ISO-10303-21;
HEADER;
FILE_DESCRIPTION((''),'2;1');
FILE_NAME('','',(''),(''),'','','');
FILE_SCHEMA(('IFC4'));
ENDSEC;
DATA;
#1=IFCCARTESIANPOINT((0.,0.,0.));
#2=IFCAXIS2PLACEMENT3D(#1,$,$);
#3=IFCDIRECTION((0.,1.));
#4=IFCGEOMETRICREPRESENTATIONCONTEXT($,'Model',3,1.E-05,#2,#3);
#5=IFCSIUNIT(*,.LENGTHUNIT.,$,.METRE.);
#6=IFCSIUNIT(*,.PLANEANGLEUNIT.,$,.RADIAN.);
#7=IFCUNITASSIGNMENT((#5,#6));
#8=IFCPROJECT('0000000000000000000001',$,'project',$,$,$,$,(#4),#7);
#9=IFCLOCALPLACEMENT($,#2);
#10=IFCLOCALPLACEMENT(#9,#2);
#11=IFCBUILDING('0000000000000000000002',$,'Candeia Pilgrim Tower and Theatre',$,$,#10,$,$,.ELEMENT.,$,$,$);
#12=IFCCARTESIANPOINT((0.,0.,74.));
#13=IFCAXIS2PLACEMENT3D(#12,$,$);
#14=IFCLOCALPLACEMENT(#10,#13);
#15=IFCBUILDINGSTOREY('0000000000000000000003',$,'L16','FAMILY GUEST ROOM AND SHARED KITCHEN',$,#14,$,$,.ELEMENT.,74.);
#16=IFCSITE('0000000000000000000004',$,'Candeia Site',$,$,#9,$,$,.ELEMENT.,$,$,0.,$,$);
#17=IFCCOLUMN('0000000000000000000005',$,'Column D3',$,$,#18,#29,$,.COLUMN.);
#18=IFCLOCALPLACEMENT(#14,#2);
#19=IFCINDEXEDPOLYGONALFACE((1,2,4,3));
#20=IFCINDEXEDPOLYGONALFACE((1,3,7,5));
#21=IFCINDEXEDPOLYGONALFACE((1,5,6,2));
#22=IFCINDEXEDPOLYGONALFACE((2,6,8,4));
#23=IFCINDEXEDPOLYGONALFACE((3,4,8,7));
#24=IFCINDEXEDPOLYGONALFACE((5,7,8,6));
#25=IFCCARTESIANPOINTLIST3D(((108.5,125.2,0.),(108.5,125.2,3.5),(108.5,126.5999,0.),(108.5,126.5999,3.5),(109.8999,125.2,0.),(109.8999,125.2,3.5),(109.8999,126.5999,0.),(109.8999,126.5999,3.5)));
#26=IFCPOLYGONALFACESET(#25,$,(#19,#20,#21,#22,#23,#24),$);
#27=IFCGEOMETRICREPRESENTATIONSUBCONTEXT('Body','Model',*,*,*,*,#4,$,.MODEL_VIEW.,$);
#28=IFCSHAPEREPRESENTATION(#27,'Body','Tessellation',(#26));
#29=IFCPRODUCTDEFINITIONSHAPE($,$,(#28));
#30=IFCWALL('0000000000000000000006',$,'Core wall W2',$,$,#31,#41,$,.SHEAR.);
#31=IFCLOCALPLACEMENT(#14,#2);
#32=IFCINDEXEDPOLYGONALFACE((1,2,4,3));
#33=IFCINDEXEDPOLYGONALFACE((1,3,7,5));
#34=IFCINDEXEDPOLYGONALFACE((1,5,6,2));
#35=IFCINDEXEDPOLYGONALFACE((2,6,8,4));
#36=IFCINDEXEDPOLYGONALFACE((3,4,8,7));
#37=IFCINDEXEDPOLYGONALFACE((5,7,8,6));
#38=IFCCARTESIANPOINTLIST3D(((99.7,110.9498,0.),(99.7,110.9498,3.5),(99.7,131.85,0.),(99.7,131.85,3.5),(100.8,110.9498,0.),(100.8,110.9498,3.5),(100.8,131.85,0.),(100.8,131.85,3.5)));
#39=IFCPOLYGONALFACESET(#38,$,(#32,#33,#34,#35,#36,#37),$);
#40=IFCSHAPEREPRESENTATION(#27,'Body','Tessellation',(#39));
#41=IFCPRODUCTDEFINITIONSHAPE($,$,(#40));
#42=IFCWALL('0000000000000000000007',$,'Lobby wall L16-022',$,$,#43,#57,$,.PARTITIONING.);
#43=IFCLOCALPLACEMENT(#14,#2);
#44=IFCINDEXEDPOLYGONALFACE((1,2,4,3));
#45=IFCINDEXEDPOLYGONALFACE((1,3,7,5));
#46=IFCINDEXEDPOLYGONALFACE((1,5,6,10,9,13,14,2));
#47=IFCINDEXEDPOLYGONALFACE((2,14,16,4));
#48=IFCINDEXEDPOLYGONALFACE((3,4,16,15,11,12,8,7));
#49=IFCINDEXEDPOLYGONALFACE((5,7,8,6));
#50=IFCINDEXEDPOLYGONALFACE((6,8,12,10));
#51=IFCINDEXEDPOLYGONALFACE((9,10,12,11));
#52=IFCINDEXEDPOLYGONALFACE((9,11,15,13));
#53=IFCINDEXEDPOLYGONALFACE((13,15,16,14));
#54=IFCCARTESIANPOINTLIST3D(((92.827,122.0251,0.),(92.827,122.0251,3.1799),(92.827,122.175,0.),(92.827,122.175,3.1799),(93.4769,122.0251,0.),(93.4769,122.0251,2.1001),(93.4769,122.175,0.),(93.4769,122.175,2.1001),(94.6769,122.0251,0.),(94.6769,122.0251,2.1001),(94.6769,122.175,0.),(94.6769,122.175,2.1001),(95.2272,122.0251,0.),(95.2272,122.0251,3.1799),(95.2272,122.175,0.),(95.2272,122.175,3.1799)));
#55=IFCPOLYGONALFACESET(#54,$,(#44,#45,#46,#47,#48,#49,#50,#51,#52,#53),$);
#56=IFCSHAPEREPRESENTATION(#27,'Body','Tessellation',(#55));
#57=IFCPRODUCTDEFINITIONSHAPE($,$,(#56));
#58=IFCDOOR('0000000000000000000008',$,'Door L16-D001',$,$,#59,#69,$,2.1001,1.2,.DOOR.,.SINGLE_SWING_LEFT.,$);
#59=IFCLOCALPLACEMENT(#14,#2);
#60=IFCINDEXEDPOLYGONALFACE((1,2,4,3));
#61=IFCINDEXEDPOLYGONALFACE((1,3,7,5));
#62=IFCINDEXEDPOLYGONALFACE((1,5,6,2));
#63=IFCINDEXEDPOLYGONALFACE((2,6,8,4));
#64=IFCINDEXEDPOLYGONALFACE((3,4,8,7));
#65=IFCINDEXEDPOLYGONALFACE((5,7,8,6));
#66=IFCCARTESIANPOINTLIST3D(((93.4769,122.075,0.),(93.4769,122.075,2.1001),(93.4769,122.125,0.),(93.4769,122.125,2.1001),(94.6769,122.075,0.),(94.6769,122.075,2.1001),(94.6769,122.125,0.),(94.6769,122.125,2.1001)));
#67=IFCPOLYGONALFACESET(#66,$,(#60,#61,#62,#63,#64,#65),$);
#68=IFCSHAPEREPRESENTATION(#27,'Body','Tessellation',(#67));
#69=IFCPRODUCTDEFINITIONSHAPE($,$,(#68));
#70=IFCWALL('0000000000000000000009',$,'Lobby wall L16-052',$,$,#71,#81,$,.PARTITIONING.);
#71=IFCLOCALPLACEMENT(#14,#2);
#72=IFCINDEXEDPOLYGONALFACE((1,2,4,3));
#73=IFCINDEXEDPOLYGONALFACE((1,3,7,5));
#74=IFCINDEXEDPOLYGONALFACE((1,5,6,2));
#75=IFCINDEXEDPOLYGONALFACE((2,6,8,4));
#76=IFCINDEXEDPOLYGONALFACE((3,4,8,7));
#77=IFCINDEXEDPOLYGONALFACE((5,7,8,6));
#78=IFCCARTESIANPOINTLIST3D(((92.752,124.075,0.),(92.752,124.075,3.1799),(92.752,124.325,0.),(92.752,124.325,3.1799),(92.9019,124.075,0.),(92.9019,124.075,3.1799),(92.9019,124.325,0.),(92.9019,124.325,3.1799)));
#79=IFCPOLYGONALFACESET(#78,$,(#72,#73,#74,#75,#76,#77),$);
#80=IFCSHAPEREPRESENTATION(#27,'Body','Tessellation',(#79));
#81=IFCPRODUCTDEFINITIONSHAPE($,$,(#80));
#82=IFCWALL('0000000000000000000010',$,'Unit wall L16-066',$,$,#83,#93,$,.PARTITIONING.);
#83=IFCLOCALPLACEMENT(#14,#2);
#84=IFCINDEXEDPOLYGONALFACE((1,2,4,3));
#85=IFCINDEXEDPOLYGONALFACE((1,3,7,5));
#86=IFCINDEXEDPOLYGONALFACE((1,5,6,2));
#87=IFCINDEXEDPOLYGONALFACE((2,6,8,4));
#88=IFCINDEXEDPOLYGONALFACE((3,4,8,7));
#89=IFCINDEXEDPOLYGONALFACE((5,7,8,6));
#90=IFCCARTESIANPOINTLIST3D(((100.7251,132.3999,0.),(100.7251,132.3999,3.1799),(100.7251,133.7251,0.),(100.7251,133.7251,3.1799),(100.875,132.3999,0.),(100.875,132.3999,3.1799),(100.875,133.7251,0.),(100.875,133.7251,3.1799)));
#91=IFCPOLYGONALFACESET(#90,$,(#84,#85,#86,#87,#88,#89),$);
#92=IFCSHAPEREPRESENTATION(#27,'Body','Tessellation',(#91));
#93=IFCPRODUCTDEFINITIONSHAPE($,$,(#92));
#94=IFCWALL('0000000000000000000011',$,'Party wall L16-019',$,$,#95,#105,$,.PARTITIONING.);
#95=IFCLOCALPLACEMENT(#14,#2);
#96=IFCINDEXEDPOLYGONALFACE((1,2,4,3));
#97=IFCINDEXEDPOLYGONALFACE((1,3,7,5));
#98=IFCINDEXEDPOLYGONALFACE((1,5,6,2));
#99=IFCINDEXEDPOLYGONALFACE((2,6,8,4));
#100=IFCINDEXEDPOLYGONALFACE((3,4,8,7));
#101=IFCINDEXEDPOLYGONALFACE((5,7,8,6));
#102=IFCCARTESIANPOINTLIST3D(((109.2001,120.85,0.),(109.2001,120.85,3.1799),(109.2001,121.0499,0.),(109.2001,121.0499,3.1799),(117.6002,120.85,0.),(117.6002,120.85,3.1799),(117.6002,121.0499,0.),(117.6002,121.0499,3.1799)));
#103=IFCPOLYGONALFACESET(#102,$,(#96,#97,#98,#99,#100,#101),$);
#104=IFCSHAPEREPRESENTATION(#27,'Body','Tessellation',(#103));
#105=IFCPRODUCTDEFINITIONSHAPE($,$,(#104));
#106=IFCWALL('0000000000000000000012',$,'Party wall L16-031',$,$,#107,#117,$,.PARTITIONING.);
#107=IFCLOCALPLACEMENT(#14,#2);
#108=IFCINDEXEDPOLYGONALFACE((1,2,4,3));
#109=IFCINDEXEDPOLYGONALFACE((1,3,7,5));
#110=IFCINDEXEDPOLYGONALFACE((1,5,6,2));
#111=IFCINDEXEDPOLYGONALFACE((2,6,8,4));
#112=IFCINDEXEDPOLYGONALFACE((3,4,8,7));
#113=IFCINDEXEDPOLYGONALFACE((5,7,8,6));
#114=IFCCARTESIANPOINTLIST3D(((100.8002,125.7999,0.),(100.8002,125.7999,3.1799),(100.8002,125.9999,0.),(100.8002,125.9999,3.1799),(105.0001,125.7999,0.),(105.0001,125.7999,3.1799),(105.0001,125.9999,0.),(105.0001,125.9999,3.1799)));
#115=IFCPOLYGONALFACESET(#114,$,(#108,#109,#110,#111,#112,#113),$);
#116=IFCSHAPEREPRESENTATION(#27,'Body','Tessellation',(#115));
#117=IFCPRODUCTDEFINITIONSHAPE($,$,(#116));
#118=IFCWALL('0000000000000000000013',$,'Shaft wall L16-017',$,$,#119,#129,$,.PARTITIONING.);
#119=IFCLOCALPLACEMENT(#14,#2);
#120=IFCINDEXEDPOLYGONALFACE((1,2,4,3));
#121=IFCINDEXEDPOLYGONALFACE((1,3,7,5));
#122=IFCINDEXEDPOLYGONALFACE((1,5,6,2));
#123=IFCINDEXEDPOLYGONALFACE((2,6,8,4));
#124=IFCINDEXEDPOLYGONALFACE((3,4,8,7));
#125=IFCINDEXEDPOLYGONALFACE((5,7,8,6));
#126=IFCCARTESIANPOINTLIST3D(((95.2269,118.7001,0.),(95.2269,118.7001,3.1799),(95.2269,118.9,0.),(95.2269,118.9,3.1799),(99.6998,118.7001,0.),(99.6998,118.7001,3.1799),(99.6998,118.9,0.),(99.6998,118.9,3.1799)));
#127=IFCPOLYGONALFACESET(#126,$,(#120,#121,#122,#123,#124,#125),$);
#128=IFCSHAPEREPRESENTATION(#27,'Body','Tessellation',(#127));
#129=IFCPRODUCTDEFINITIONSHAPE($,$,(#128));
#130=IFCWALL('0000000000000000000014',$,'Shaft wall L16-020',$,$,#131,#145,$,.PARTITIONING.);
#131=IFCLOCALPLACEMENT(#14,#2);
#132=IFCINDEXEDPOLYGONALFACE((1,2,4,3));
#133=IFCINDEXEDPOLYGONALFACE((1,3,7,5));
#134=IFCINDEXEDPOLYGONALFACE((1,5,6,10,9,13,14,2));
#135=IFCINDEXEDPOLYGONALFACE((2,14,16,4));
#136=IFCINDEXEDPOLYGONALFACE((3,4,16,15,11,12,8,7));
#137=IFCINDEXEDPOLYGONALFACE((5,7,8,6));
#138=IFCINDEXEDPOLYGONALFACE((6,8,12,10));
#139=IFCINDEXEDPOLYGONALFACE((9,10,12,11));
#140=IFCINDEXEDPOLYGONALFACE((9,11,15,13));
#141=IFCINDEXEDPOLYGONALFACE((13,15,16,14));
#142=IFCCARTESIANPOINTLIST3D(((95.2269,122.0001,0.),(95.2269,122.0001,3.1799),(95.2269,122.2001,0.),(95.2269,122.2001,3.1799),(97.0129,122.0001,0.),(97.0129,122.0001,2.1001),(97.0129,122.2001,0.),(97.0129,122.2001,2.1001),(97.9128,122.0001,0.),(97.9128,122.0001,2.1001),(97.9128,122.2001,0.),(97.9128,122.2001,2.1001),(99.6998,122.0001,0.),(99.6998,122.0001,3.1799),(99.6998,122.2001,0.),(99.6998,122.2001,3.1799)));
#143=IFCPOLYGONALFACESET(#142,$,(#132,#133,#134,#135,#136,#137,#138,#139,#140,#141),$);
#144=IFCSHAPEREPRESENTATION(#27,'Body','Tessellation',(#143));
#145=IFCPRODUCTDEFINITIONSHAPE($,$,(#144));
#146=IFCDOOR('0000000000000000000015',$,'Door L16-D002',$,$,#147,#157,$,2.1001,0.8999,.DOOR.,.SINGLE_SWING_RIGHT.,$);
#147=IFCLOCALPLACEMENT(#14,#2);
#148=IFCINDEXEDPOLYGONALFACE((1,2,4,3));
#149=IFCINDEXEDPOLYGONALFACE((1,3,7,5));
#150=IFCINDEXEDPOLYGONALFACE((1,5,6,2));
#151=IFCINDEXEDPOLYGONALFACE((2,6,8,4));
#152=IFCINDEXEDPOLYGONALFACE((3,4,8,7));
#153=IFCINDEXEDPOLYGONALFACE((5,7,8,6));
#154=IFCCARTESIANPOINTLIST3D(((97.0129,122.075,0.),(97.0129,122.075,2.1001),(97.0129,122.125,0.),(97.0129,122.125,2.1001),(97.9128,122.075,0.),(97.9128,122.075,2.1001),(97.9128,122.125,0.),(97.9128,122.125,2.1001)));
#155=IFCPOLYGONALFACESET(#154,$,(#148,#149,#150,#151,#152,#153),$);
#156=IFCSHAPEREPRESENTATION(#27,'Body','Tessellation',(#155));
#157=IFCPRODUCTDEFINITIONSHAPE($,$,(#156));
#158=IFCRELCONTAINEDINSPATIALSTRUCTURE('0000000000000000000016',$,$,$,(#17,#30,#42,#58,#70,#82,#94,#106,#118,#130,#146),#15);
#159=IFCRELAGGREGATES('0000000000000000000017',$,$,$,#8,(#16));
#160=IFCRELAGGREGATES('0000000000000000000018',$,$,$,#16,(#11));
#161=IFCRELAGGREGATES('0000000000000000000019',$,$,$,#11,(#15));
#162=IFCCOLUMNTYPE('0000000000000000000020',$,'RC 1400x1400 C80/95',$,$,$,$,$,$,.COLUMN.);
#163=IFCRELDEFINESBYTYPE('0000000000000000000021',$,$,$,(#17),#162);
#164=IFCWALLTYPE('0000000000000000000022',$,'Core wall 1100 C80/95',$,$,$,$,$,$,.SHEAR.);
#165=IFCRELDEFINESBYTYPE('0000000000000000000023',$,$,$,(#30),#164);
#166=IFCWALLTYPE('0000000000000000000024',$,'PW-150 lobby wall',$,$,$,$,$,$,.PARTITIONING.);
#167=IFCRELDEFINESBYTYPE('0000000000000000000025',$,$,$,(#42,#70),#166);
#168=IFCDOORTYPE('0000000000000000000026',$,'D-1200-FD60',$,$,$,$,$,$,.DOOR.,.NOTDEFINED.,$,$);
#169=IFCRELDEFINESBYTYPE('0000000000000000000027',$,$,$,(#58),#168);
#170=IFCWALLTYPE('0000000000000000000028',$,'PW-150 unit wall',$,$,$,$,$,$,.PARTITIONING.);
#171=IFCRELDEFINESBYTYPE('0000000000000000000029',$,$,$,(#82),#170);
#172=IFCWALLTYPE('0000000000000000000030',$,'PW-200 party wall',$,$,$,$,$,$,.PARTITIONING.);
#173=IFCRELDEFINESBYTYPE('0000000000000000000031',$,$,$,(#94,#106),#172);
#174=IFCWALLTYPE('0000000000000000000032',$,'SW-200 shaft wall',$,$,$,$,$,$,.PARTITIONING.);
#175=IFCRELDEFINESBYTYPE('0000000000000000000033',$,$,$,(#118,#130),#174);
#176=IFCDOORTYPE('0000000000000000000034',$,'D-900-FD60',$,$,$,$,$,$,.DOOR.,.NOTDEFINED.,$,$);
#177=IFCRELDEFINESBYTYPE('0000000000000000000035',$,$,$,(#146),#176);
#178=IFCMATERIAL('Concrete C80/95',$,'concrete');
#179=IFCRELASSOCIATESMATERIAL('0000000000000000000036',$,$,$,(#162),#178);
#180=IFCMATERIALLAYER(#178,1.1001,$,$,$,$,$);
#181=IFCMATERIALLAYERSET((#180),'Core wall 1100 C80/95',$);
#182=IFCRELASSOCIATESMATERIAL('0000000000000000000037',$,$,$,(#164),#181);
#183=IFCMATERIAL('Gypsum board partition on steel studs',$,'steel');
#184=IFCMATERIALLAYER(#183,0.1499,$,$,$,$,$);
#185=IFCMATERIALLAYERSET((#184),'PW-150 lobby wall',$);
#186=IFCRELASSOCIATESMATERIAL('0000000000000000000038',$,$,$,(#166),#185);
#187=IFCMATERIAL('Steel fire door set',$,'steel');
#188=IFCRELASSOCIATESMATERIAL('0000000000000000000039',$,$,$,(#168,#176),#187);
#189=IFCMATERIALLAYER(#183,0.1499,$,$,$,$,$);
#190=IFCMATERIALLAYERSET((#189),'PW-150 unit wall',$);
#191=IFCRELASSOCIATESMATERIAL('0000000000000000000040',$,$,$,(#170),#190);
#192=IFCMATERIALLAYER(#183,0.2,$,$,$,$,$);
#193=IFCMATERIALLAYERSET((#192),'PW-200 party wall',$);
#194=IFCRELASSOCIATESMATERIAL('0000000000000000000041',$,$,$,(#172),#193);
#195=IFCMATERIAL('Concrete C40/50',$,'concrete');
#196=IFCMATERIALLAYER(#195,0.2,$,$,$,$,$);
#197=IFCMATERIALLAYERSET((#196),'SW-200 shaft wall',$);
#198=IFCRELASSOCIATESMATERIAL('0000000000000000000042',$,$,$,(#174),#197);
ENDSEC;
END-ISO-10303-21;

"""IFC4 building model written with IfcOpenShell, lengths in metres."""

from ifc_helpers import new_model, si_unit, direction, frame, frame_2d, origin, origin_2d, place, context, subcontext, project, spatial, rectangle, extrude, material, layer, layer_set, material_profile, profile_set, type_object, element, fill, save


model = new_model("IFC4")

# Units and contexts
model_context = context("Model", 3, precision=1e-05, world=origin(), true_north=direction((0.0, 1.0)))
body_context = subcontext(model_context, "Body", "Model", "MODEL_VIEW")
ifc_project = project(units=[si_unit("LENGTHUNIT", "METRE"), si_unit("PLANEANGLEUNIT", "RADIAN")], contexts=[model_context])

# Site, building, storey
site_placement = place(None, origin())
site = spatial("IfcSite", under=ifc_project, at=site_placement, Name="Candeia Site", CompositionType="ELEMENT", RefElevation=0.0)
building_placement = place(site_placement, origin())
building = spatial("IfcBuilding", under=site, at=building_placement, Name="Candeia Pilgrim Tower and Theatre", CompositionType="ELEMENT")
storey_placement = place(building_placement, frame((0.0, 0.0, 74.0)))
storey = spatial("IfcBuildingStorey", under=building, at=storey_placement, Name="L16", Description="FAMILY GUEST ROOM AND SHARED KITCHEN", CompositionType="ELEMENT", Elevation=74.0)

# Column
ifc_material_1 = material(Name="Concrete C80/95", Category="concrete")
ifc_material_profile = material_profile(ifc_material_1, rectangle(XDim=1.3999, YDim=1.3999, at=origin_2d()))
ifc_profile_set = profile_set([ifc_material_profile], Name="Concrete C80/95")
column_type = type_object("IfcColumnType", Name="RC 1400x1400 C80/95", PredefinedType="COLUMN", material=ifc_profile_set)
column_placement = place(storey_placement, frame((109.2, 125.8999, 0.0), z_axis=(0.0, 0.0, 1.0), x_axis=(1.0, 0.0, 0.0)))
element("IfcColumn", 1, at=column_placement, inside=storey, type_object=column_type, Name="Column D3", PredefinedType="COLUMN", context=body_context, shape_type="SweptSolid", body=[
    extrude(rectangle(XDim=1.3999, YDim=1.3999, at=origin_2d()), origin(), (0.0, 0.0, 1.0), 3.5),
])

# Wall
ifc_layer_1 = layer(ifc_material_1, 1.1001)
ifc_layer_set_1 = layer_set([ifc_layer_1], Name="Core wall 1100 C80/95")
wall_type_1 = type_object("IfcWallType", Name="Core wall 1100 C80/95", PredefinedType="SHEAR", material=ifc_layer_set_1)
wall_1_placement = place(storey_placement, frame((100.25, 131.8501, 0.0), z_axis=(0.0, 0.0, 1.0), x_axis=(0.0, -1.0, 0.0)))
element("IfcWall", 2, at=wall_1_placement, inside=storey, type_object=wall_type_1, Name="Core wall W2", PredefinedType="SHEAR", context=body_context, shape_type="SweptSolid", body=[
    extrude(rectangle(XDim=20.9001, YDim=1.1001, at=frame_2d((10.4502, 0.0))), origin(), (0.0, 0.0, 1.0), 3.5),
])

# Wall, opening, door
ifc_material_2 = material(Name="Gypsum board partition on steel studs", Category="steel")
ifc_layer_2 = layer(ifc_material_2, 0.1499)
ifc_layer_set_2 = layer_set([ifc_layer_2], Name="PW-150 lobby wall")
wall_type_2 = type_object("IfcWallType", Name="PW-150 lobby wall", PredefinedType="PARTITIONING", material=ifc_layer_set_2)
wall_2_placement = place(storey_placement, frame((92.8269, 122.1001, 0.0), z_axis=(0.0, 0.0, 1.0), x_axis=(1.0, 0.0, 0.0)))
wall_2 = element("IfcWall", 3, at=wall_2_placement, inside=storey, type_object=wall_type_2, Name="Lobby wall L16-022", PredefinedType="PARTITIONING", context=body_context, shape_type="SweptSolid", body=[
    extrude(rectangle(XDim=2.4001, YDim=0.1499, at=frame_2d((1.2002, 0.0))), origin(), (0.0, 0.0, 1.0), 3.1799),
])
opening_1_placement = place(wall_2_placement, frame((0.6499, 0.0, 0.0)))
opening_1 = element("IfcOpeningElement", 4, at=opening_1_placement, cuts=wall_2, PredefinedType="OPENING", context=body_context, shape_type="SweptSolid", body=[
    extrude(rectangle(XDim=1.2, YDim=2.1001, at=frame_2d((0.6001, 1.05))), frame((0.0, 0.085, 0.0), z_axis=(0.0, -1.0, 0.0), x_axis=(1.0, 0.0, 0.0)), (0.0, 0.0, 1.0), 0.1699),
])
ifc_material_3 = material(Name="Steel fire door set", Category="steel")
door_type_1 = type_object("IfcDoorType", Name="D-1200-FD60", OperationType="NOTDEFINED", PredefinedType="DOOR", material=ifc_material_3)
door_1_placement = place(opening_1_placement, origin())
door_1 = element("IfcDoor", 5, at=door_1_placement, inside=storey, type_object=door_type_1, Name="Door L16-D001", OperationType="SINGLE_SWING_LEFT", OverallHeight=2.1001, OverallWidth=1.2, PredefinedType="DOOR", context=body_context, shape_type="SweptSolid", body=[
    extrude(rectangle(XDim=1.2, YDim=2.1001, at=frame_2d((0.6001, 1.05))), frame((0.0, 0.0249, 0.0), z_axis=(0.0, -1.0, 0.0), x_axis=(1.0, 0.0, 0.0)), (0.0, 0.0, 1.0), 0.05),
])
fill(opening_1, door_1)

# Walls
wall_3_placement = place(storey_placement, frame((92.8269, 124.075, 0.0), z_axis=(0.0, 0.0, 1.0), x_axis=(0.0, 1.0, 0.0)))
element("IfcWall", 6, at=wall_3_placement, inside=storey, type_object=wall_type_2, Name="Lobby wall L16-052", PredefinedType="PARTITIONING", context=body_context, shape_type="SweptSolid", body=[
    extrude(rectangle(XDim=0.25, YDim=0.1499, at=frame_2d((0.125, 0.0))), origin(), (0.0, 0.0, 1.0), 3.1799),
])
ifc_layer_3 = layer(ifc_material_2, 0.1499)
ifc_layer_set_3 = layer_set([ifc_layer_3], Name="PW-150 unit wall")
wall_type_3 = type_object("IfcWallType", Name="PW-150 unit wall", PredefinedType="PARTITIONING", material=ifc_layer_set_3)
wall_4_placement = place(storey_placement, frame((100.8, 132.3999, 0.0), z_axis=(0.0, 0.0, 1.0), x_axis=(0.0, 1.0, 0.0)))
element("IfcWall", 7, at=wall_4_placement, inside=storey, type_object=wall_type_3, Name="Unit wall L16-066", PredefinedType="PARTITIONING", context=body_context, shape_type="SweptSolid", body=[
    extrude(rectangle(XDim=1.3252, YDim=0.1499, at=frame_2d((0.6626, 0.0))), origin(), (0.0, 0.0, 1.0), 3.1799),
])
ifc_layer_4 = layer(ifc_material_2, 0.2)
ifc_layer_set_4 = layer_set([ifc_layer_4], Name="PW-200 party wall")
wall_type_4 = type_object("IfcWallType", Name="PW-200 party wall", PredefinedType="PARTITIONING", material=ifc_layer_set_4)
wall_5_placement = place(storey_placement, frame((109.2, 120.95, 0.0), z_axis=(0.0, 0.0, 1.0), x_axis=(1.0, 0.0, 0.0)))
element("IfcWall", 8, at=wall_5_placement, inside=storey, type_object=wall_type_4, Name="Party wall L16-019", PredefinedType="PARTITIONING", context=body_context, shape_type="SweptSolid", body=[
    extrude(rectangle(XDim=8.4001, YDim=0.2, at=frame_2d((4.2002, 0.0))), origin(), (0.0, 0.0, 1.0), 3.1799),
])
wall_6_placement = place(storey_placement, frame((100.8, 125.8999, 0.0), z_axis=(0.0, 0.0, 1.0), x_axis=(1.0, 0.0, 0.0)))
element("IfcWall", 9, at=wall_6_placement, inside=storey, type_object=wall_type_4, Name="Party wall L16-031", PredefinedType="PARTITIONING", context=body_context, shape_type="SweptSolid", body=[
    extrude(rectangle(XDim=4.2, YDim=0.2, at=frame_2d((2.1001, 0.0))), origin(), (0.0, 0.0, 1.0), 3.1799),
])
ifc_material_4 = material(Name="Concrete C40/50", Category="concrete")
ifc_layer_5 = layer(ifc_material_4, 0.2)
ifc_layer_set_5 = layer_set([ifc_layer_5], Name="SW-200 shaft wall")
wall_type_5 = type_object("IfcWallType", Name="SW-200 shaft wall", PredefinedType="PARTITIONING", material=ifc_layer_set_5)
wall_7_placement = place(storey_placement, frame((95.2271, 118.8, 0.0), z_axis=(0.0, 0.0, 1.0), x_axis=(1.0, 0.0, 0.0)))
element("IfcWall", 10, at=wall_7_placement, inside=storey, type_object=wall_type_5, Name="Shaft wall L16-017", PredefinedType="PARTITIONING", context=body_context, shape_type="SweptSolid", body=[
    extrude(rectangle(XDim=4.4729, YDim=0.2, at=frame_2d((2.2363, 0.0))), origin(), (0.0, 0.0, 1.0), 3.1799),
])

# Wall, opening, door
wall_8_placement = place(storey_placement, frame((95.2271, 122.1001, 0.0), z_axis=(0.0, 0.0, 1.0), x_axis=(1.0, 0.0, 0.0)))
wall_8 = element("IfcWall", 11, at=wall_8_placement, inside=storey, type_object=wall_type_5, Name="Shaft wall L16-020", PredefinedType="PARTITIONING", context=body_context, shape_type="SweptSolid", body=[
    extrude(rectangle(XDim=4.4729, YDim=0.2, at=frame_2d((2.2363, 0.0))), origin(), (0.0, 0.0, 1.0), 3.1799),
])
opening_2_placement = place(wall_8_placement, frame((1.7859, 0.0, 0.0)))
opening_2 = element("IfcOpeningElement", 12, at=opening_2_placement, cuts=wall_8, PredefinedType="OPENING", context=body_context, shape_type="SweptSolid", body=[
    extrude(rectangle(XDim=0.8999, YDim=2.1001, at=frame_2d((0.45, 1.05))), frame((0.0, 0.1099, 0.0), z_axis=(0.0, -1.0, 0.0), x_axis=(1.0, 0.0, 0.0)), (0.0, 0.0, 1.0), 0.22),
])
door_type_2 = type_object("IfcDoorType", Name="D-900-FD60", OperationType="NOTDEFINED", PredefinedType="DOOR", material=ifc_material_3)
door_2_placement = place(opening_2_placement, origin())
door_2 = element("IfcDoor", 13, at=door_2_placement, inside=storey, type_object=door_type_2, Name="Door L16-D002", OperationType="SINGLE_SWING_RIGHT", OverallHeight=2.1001, OverallWidth=0.8999, PredefinedType="DOOR", context=body_context, shape_type="SweptSolid", body=[
    extrude(rectangle(XDim=0.8999, YDim=2.1001, at=frame_2d((0.45, 1.05))), frame((0.0, 0.0249, 0.0), z_axis=(0.0, -1.0, 0.0), x_axis=(1.0, 0.0, 0.0)), (0.0, 0.0, 1.0), 0.05),
])
fill(opening_2, door_2)

save(model, "model.ifc")
